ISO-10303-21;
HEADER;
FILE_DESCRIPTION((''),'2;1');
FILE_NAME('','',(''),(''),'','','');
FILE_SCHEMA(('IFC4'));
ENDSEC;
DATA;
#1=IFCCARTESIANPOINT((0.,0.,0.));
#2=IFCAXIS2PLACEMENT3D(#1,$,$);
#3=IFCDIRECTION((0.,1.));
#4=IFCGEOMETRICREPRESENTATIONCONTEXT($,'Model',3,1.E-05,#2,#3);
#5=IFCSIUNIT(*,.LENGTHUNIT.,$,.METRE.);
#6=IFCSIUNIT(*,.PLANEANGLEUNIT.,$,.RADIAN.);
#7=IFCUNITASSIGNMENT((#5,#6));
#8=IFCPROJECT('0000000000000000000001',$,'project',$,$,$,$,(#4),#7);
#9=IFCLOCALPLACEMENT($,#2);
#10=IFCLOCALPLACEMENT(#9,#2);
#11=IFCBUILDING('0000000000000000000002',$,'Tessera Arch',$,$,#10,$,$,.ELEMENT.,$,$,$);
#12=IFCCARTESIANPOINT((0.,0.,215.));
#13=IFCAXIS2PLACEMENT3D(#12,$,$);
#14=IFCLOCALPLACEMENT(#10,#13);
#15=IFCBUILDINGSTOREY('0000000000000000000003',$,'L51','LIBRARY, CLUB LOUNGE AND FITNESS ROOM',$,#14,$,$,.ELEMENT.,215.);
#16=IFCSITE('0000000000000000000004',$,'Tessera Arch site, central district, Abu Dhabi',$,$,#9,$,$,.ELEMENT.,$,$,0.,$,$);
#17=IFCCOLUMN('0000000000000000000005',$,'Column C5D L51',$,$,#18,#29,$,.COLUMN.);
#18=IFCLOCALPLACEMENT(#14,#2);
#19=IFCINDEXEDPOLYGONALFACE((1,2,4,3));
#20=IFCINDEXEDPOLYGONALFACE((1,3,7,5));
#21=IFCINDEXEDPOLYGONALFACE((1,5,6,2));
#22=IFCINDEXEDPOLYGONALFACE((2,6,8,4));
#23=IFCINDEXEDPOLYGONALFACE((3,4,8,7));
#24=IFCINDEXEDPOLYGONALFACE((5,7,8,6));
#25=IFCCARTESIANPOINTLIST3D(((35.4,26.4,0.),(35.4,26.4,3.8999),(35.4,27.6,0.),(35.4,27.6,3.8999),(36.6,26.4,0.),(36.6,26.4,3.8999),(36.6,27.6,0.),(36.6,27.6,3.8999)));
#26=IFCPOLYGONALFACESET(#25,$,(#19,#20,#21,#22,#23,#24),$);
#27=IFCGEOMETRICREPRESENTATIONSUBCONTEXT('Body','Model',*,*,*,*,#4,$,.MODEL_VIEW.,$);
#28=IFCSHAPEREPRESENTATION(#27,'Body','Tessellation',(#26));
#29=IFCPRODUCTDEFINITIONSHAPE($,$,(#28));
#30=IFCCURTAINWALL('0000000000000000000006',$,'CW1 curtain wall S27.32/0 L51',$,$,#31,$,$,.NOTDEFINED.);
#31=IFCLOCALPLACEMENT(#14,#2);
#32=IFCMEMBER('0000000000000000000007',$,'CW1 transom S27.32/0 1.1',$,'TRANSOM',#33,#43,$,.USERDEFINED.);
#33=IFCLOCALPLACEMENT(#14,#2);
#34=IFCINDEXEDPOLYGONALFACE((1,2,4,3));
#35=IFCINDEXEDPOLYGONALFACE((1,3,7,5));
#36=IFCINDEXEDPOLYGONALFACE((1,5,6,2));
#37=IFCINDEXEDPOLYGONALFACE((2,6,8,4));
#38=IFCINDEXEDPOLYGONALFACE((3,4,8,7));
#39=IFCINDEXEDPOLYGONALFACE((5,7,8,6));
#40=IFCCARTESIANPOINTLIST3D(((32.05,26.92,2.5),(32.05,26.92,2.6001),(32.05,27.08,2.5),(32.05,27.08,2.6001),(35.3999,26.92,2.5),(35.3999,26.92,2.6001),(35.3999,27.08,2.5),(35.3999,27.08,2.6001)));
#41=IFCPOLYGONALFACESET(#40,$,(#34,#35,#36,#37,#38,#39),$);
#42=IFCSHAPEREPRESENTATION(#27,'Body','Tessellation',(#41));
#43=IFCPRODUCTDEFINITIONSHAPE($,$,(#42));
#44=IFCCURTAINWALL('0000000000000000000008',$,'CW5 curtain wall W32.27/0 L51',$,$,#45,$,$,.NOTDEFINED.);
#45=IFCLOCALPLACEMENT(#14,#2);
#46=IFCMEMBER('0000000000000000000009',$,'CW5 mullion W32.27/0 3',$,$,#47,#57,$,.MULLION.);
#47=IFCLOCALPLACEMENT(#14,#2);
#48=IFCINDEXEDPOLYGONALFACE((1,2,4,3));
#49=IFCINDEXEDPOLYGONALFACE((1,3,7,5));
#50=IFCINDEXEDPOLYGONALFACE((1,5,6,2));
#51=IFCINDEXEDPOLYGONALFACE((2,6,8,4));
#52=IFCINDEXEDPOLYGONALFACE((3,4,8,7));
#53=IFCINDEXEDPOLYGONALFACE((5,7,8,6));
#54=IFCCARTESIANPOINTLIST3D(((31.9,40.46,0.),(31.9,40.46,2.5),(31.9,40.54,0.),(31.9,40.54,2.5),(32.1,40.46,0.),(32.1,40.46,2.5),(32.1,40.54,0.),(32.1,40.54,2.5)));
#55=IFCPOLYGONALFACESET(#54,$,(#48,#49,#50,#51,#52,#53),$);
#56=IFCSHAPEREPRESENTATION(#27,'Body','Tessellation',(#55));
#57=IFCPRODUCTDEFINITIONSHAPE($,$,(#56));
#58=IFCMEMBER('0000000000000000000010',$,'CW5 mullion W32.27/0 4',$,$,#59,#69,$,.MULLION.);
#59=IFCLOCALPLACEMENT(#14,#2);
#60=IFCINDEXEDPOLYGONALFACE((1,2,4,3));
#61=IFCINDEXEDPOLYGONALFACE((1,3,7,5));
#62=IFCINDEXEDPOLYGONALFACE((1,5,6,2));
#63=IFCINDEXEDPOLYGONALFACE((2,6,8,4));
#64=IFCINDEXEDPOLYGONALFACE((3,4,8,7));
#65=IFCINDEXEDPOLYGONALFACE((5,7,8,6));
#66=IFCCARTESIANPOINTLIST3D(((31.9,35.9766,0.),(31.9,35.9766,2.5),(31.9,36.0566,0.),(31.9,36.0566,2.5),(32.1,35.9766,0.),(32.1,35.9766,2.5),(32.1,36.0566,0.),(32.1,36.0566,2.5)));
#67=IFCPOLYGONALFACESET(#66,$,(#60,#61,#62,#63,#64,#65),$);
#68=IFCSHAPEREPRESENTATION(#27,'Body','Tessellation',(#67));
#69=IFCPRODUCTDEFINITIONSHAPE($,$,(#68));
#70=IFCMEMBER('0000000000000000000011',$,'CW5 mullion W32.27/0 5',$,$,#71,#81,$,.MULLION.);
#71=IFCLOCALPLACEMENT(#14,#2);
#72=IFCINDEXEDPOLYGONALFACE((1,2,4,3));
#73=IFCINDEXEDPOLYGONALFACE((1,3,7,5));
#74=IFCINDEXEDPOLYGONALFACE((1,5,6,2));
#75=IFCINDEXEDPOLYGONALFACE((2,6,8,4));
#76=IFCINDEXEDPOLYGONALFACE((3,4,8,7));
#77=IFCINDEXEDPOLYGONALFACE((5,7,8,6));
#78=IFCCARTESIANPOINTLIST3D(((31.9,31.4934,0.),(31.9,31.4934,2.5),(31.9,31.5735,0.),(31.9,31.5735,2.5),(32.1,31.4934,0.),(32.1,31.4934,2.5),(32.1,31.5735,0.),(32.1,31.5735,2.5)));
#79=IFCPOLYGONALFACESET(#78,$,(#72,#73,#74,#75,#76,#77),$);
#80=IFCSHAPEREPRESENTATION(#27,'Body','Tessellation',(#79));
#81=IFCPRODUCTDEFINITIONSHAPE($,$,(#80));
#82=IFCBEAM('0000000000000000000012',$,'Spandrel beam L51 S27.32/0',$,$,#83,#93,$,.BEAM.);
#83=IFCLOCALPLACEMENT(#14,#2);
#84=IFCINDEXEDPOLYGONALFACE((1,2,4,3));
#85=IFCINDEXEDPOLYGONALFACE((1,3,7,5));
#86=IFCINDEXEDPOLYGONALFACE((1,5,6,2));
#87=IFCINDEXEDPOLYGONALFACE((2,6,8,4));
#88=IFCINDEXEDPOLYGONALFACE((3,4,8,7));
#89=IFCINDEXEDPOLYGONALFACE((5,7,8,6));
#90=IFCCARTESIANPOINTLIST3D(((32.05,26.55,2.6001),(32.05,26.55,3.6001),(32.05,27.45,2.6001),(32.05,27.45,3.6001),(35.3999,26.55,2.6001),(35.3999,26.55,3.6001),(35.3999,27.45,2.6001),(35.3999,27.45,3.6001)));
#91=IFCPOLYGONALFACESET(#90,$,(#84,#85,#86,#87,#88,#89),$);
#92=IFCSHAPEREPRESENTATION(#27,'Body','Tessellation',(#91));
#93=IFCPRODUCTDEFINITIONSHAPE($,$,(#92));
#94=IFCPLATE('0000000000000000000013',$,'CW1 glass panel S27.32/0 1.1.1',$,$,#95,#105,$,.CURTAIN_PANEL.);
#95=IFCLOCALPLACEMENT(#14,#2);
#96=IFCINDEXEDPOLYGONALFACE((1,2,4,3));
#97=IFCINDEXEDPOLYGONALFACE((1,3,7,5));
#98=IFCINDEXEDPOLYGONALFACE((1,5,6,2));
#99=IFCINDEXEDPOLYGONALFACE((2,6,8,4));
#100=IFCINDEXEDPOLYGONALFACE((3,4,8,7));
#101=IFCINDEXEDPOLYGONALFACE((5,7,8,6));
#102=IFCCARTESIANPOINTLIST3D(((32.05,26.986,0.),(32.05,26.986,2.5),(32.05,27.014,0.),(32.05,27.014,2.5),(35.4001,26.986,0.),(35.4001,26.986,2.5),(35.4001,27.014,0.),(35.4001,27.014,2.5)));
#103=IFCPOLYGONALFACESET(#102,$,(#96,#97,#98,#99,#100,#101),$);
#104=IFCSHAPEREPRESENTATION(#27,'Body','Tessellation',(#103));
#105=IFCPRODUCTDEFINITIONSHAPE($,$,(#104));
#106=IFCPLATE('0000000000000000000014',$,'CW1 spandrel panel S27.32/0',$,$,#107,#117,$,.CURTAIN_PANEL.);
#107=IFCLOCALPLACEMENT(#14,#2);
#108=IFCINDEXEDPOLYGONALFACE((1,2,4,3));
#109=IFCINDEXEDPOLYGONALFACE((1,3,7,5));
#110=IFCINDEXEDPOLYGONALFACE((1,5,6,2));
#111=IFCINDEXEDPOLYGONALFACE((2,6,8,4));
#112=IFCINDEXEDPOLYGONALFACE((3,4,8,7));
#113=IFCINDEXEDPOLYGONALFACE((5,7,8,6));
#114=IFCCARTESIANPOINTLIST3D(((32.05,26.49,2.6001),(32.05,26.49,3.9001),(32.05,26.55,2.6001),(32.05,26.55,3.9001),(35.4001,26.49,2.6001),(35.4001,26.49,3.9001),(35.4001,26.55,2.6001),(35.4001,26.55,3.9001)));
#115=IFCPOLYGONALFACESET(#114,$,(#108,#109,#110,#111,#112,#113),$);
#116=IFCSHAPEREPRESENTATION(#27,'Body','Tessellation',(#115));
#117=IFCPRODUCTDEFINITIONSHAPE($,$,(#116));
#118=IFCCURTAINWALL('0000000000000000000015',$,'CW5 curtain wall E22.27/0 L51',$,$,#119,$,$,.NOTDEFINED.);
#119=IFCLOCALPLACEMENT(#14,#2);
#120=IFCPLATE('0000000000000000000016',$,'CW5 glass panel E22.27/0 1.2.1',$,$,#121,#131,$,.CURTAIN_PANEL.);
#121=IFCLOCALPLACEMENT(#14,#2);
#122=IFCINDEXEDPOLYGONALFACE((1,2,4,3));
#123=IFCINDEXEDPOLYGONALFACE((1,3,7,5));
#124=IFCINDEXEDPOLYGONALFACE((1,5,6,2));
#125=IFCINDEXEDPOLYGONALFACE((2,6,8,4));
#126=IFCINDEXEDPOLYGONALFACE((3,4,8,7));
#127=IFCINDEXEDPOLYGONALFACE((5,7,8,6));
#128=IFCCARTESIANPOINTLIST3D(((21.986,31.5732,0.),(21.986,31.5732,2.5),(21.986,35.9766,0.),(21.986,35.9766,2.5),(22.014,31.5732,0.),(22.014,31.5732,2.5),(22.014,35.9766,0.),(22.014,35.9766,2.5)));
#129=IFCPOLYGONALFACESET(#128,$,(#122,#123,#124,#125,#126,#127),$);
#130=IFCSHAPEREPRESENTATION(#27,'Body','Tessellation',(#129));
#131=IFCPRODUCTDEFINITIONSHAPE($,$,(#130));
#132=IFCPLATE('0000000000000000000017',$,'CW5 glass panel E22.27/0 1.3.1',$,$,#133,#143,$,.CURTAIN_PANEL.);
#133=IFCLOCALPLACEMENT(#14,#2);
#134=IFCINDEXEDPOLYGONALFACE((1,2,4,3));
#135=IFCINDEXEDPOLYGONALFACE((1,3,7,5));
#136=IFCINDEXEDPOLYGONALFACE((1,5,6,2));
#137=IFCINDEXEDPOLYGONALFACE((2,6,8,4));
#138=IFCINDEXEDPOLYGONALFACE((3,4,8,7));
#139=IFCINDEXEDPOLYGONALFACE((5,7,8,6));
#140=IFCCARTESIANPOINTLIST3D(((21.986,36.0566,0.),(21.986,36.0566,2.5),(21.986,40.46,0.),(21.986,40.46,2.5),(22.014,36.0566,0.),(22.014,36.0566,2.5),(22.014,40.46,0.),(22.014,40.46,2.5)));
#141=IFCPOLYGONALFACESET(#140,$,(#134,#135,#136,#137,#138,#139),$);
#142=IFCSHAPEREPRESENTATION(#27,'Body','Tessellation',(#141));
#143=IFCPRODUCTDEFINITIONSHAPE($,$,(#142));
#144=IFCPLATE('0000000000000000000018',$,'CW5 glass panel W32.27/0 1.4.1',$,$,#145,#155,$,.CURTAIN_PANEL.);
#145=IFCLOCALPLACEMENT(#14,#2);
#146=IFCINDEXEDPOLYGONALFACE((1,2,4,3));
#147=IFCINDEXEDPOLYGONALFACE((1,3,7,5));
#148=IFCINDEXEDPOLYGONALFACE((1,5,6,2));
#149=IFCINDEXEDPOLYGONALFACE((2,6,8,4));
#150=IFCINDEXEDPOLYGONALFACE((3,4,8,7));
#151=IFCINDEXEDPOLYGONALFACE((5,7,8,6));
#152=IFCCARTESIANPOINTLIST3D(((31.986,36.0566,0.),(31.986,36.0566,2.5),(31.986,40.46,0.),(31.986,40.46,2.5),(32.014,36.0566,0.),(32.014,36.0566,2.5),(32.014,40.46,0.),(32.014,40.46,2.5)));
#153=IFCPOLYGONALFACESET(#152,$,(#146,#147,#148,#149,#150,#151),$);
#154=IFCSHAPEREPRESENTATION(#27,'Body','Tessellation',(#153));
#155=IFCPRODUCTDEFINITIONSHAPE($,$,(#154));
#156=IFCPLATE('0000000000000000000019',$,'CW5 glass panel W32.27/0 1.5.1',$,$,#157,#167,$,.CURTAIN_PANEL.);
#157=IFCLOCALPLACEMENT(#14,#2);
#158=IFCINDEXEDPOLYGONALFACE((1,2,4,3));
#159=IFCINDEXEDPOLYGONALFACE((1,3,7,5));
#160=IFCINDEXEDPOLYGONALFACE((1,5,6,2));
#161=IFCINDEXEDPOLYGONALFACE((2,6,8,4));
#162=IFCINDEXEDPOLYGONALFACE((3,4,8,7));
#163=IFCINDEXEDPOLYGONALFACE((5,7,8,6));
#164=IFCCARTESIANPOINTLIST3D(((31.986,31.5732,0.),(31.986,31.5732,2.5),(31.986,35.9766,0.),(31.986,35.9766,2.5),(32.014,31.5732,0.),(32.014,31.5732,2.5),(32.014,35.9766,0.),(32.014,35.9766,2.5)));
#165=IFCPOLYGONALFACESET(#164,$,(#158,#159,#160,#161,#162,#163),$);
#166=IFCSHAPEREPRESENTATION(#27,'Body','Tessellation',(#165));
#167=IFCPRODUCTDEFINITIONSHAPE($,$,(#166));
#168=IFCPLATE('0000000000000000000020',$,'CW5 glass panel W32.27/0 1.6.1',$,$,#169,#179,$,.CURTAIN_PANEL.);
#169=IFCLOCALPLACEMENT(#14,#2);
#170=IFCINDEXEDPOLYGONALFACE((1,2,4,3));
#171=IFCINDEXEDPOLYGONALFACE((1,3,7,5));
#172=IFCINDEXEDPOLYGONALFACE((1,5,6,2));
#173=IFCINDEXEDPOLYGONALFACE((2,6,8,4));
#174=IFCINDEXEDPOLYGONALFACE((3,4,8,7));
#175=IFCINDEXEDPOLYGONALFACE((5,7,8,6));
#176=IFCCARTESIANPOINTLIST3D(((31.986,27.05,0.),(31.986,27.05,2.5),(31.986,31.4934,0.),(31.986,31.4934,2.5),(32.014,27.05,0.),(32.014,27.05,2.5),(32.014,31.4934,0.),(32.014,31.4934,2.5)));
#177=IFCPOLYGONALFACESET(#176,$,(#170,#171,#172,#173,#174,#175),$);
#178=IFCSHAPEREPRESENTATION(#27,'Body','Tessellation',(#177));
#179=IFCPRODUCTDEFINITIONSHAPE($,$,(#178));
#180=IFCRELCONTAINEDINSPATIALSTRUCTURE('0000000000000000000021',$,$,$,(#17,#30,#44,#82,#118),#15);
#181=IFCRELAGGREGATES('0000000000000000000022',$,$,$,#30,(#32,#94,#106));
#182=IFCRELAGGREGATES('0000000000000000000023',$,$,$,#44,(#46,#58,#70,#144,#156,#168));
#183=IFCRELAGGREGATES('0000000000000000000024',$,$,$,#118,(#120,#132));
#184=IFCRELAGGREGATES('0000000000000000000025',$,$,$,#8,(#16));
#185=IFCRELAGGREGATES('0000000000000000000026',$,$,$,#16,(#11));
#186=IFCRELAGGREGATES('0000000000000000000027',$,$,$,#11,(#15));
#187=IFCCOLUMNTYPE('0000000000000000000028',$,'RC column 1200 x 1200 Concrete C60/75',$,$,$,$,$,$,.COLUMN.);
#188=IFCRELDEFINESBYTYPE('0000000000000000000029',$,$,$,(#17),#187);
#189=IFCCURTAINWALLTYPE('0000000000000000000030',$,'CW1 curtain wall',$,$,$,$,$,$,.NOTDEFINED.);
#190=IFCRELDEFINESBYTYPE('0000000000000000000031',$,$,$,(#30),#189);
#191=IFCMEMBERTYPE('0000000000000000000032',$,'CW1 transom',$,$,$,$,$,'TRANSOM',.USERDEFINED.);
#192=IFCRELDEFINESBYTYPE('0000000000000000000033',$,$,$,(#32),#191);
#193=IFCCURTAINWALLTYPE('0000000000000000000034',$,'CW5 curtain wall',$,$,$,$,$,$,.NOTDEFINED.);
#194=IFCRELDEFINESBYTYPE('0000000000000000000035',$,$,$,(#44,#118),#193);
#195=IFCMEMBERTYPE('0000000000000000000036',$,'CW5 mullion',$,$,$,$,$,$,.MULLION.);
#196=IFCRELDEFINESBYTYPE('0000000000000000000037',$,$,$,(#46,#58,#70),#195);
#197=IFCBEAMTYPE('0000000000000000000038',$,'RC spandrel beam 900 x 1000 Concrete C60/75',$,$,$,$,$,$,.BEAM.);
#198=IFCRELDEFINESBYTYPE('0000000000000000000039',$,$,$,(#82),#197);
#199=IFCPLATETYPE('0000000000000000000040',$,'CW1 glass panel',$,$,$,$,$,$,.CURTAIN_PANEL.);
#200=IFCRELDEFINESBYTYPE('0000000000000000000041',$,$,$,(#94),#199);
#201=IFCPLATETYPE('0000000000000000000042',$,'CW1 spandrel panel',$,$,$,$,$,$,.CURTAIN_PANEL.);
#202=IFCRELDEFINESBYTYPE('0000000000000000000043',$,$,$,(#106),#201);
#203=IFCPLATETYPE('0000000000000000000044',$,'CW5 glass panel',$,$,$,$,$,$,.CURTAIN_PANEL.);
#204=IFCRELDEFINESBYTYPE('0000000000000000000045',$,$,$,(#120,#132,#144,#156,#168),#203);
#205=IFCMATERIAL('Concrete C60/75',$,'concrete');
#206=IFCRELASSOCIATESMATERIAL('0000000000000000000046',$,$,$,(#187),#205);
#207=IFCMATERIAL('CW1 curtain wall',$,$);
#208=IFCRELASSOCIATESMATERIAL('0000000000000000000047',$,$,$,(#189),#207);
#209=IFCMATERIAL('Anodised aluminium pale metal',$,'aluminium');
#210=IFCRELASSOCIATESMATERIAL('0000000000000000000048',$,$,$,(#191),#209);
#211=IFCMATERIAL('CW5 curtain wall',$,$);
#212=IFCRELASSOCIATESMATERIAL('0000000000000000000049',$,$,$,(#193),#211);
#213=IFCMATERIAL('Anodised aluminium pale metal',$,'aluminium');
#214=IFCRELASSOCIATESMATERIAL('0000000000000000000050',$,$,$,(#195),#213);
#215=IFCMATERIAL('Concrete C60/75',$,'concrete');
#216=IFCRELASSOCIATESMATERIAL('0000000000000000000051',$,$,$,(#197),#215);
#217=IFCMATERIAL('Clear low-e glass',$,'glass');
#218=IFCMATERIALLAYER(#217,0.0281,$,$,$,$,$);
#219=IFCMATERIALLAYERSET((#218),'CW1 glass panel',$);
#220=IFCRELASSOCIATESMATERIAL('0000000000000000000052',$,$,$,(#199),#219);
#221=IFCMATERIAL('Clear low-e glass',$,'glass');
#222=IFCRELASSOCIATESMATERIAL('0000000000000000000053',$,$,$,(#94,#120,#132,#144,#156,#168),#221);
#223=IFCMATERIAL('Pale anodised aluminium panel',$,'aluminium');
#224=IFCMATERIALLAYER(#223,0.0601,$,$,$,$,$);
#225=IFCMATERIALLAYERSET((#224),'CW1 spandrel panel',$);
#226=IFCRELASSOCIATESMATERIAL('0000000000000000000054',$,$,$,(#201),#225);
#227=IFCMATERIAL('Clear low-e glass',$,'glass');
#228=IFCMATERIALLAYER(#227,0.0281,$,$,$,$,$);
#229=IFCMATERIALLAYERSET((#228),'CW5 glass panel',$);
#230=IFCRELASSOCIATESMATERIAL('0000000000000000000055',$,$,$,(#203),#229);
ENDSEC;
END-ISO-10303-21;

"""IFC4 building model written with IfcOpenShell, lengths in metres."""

from ifc_helpers import new_model, si_unit, direction, frame, origin, origin_2d, place, context, subcontext, project, spatial, rectangle, extrude, material, layer, layer_set, material_profile, profile_set, type_object, element, aggregate, save


model = new_model("IFC4")

# Units and contexts
model_context = context("Model", 3, precision=1e-05, world=origin(), true_north=direction((0.0, 1.0)))
body_context = subcontext(model_context, "Body", "Model", "MODEL_VIEW")
ifc_project = project(units=[si_unit("LENGTHUNIT", "METRE"), si_unit("PLANEANGLEUNIT", "RADIAN")], contexts=[model_context])

# Site, building, storey
site_placement = place(None, origin())
site = spatial("IfcSite", under=ifc_project, at=site_placement, Name="Tessera Arch site, central district, Abu Dhabi", CompositionType="ELEMENT", RefElevation=0.0)
building_placement = place(site_placement, origin())
building = spatial("IfcBuilding", under=site, at=building_placement, Name="Tessera Arch", CompositionType="ELEMENT")
storey_placement = place(building_placement, frame((0.0, 0.0, 215.0)))
storey = spatial("IfcBuildingStorey", under=building, at=storey_placement, Name="L51", Description="LIBRARY, CLUB LOUNGE AND FITNESS ROOM", CompositionType="ELEMENT", Elevation=215.0)

# Column
ifc_material_1 = material(Name="Concrete C60/75", Category="concrete")
ifc_material_profile_1 = material_profile(ifc_material_1, rectangle(XDim=1.2, YDim=1.2, at=origin_2d()), Name="RC column 1200 x 1200 Concrete C60/75")
ifc_profile_set_1 = profile_set([ifc_material_profile_1], Name="Concrete C60/75")
column_type = type_object("IfcColumnType", Name="RC column 1200 x 1200 Concrete C60/75", PredefinedType="COLUMN", material=ifc_profile_set_1)
column_placement = place(storey_placement, frame((36.0, 27.0, 0.0), z_axis=(0.0, 0.0, 1.0), x_axis=(1.0, 0.0, 0.0)))
element("IfcColumn", 1, at=column_placement, inside=storey, type_object=column_type, Name="Column C5D L51", PredefinedType="COLUMN", context=body_context, shape_type="SweptSolid", body=[
    extrude(rectangle(XDim=1.2, YDim=1.2, at=origin_2d()), origin(), (0.0, 0.0, 1.0), 3.8999),
])

# Curtain wall, member
ifc_material_2 = material(Name="CW1 curtain wall")
curtain_wall_type_1 = type_object("IfcCurtainWallType", Name="CW1 curtain wall", PredefinedType="NOTDEFINED", material=ifc_material_2)
curtain_wall_1_placement = place(storey_placement, origin())
curtain_wall_1 = element("IfcCurtainWall", 2, at=curtain_wall_1_placement, inside=storey, type_object=curtain_wall_type_1, Name="CW1 curtain wall S27.32/0 L51", PredefinedType="NOTDEFINED")
ifc_material_3 = material(Name="Anodised aluminium pale metal", Category="aluminium")
ifc_material_profile_2 = material_profile(ifc_material_3, rectangle(XDim=0.1599, YDim=0.1001, at=origin_2d()), Name="AL 160x100")
ifc_profile_set_2 = profile_set([ifc_material_profile_2], Name="Anodised aluminium pale metal")
member_type_1 = type_object("IfcMemberType", Name="CW1 transom", ElementType="TRANSOM", PredefinedType="USERDEFINED", material=ifc_profile_set_2)
member_1_placement = place(storey_placement, frame((32.05, 27.0, 2.55), z_axis=(1.0, 0.0, 0.0), x_axis=(0.0, 1.0, 0.0)))
member_1 = element("IfcMember", 3, at=member_1_placement, type_object=member_type_1, Name="CW1 transom S27.32/0 1.1", ObjectType="TRANSOM", PredefinedType="USERDEFINED", context=body_context, shape_type="SweptSolid", body=[
    extrude(rectangle(XDim=0.1599, YDim=0.1001, at=origin_2d()), origin(), (0.0, 0.0, 1.0), 3.3499),
])

# Curtain wall, members
ifc_material_4 = material(Name="CW5 curtain wall")
curtain_wall_type_2 = type_object("IfcCurtainWallType", Name="CW5 curtain wall", PredefinedType="NOTDEFINED", material=ifc_material_4)
curtain_wall_2_placement = place(storey_placement, origin())
curtain_wall_2 = element("IfcCurtainWall", 4, at=curtain_wall_2_placement, inside=storey, type_object=curtain_wall_type_2, Name="CW5 curtain wall W32.27/0 L51", PredefinedType="NOTDEFINED")
ifc_material_5 = material(Name="Anodised aluminium pale metal", Category="aluminium")
ifc_material_profile_3 = material_profile(ifc_material_5, rectangle(XDim=0.2, YDim=0.0801, at=origin_2d()), Name="AL 80x200")
ifc_profile_set_3 = profile_set([ifc_material_profile_3], Name="Anodised aluminium pale metal")
member_type_2 = type_object("IfcMemberType", Name="CW5 mullion", PredefinedType="MULLION", material=ifc_profile_set_3)
member_2_placement = place(storey_placement, frame((32.0, 40.5, 0.0), z_axis=(0.0, 0.0, 1.0), x_axis=(1.0, 0.0, 0.0)))
member_2 = element("IfcMember", 5, at=member_2_placement, type_object=member_type_2, Name="CW5 mullion W32.27/0 3", PredefinedType="MULLION", context=body_context, shape_type="SweptSolid", body=[
    extrude(rectangle(XDim=0.2, YDim=0.0801, at=origin_2d()), origin(), (0.0, 0.0, 1.0), 2.5),
])
member_3_placement = place(storey_placement, frame((32.0, 36.0166, 0.0), z_axis=(0.0, 0.0, 1.0), x_axis=(1.0, 0.0, 0.0)))
member_3 = element("IfcMember", 6, at=member_3_placement, type_object=member_type_2, Name="CW5 mullion W32.27/0 4", PredefinedType="MULLION", context=body_context, shape_type="SweptSolid", body=[
    extrude(rectangle(XDim=0.2, YDim=0.0801, at=origin_2d()), origin(), (0.0, 0.0, 1.0), 2.5),
])
member_4_placement = place(storey_placement, frame((32.0, 31.5334, 0.0), z_axis=(0.0, 0.0, 1.0), x_axis=(1.0, 0.0, 0.0)))
member_4 = element("IfcMember", 7, at=member_4_placement, type_object=member_type_2, Name="CW5 mullion W32.27/0 5", PredefinedType="MULLION", context=body_context, shape_type="SweptSolid", body=[
    extrude(rectangle(XDim=0.2, YDim=0.0801, at=origin_2d()), origin(), (0.0, 0.0, 1.0), 2.5),
])

# Beam
ifc_material_6 = material(Name="Concrete C60/75", Category="concrete")
ifc_material_profile_4 = material_profile(ifc_material_6, rectangle(XDim=0.8999, YDim=1.0, at=origin_2d()), Name="RC spandrel beam 900 x 1000 Concrete C60/75")
ifc_profile_set_4 = profile_set([ifc_material_profile_4], Name="Concrete C60/75")
beam_type = type_object("IfcBeamType", Name="RC spandrel beam 900 x 1000 Concrete C60/75", PredefinedType="BEAM", material=ifc_profile_set_4)
beam_placement = place(storey_placement, frame((32.05, 27.0, 3.1001), z_axis=(1.0, 0.0, 0.0), x_axis=(0.0, 1.0, 0.0)))
element("IfcBeam", 8, at=beam_placement, inside=storey, type_object=beam_type, Name="Spandrel beam L51 S27.32/0", PredefinedType="BEAM", context=body_context, shape_type="SweptSolid", body=[
    extrude(rectangle(XDim=0.8999, YDim=1.0, at=origin_2d()), origin(), (0.0, 0.0, 1.0), 3.3499),
])

# Plates
ifc_material_7 = material(Name="Clear low-e glass", Category="glass")
ifc_material_8 = material(Name="Clear low-e glass", Category="glass")
ifc_layer_1 = layer(ifc_material_8, 0.0281)
ifc_layer_set_1 = layer_set([ifc_layer_1], Name="CW1 glass panel")
plate_type_1 = type_object("IfcPlateType", Name="CW1 glass panel", PredefinedType="CURTAIN_PANEL", material=ifc_layer_set_1)
plate_1_placement = place(storey_placement, frame((33.7251, 27.0, 0.0), z_axis=(0.0, 0.0, 1.0), x_axis=(1.0, 0.0, 0.0)))
plate_1 = element("IfcPlate", 9, at=plate_1_placement, type_object=plate_type_1, material=ifc_material_7, Name="CW1 glass panel S27.32/0 1.1.1", PredefinedType="CURTAIN_PANEL", context=body_context, shape_type="SweptSolid", body=[
    extrude(rectangle(XDim=3.3501, YDim=0.0281, at=origin_2d()), origin(), (0.0, 0.0, 1.0), 2.5),
])
ifc_material_9 = material(Name="Pale anodised aluminium panel", Category="aluminium")
ifc_layer_2 = layer(ifc_material_9, 0.0601)
ifc_layer_set_2 = layer_set([ifc_layer_2], Name="CW1 spandrel panel")
plate_type_2 = type_object("IfcPlateType", Name="CW1 spandrel panel", PredefinedType="CURTAIN_PANEL", material=ifc_layer_set_2)
plate_2_placement = place(storey_placement, frame((33.7251, 26.52, 2.6001), z_axis=(0.0, 0.0, 1.0), x_axis=(1.0, 0.0, 0.0)))
plate_2 = element("IfcPlate", 10, at=plate_2_placement, type_object=plate_type_2, Name="CW1 spandrel panel S27.32/0", PredefinedType="CURTAIN_PANEL", context=body_context, shape_type="SweptSolid", body=[
    extrude(rectangle(XDim=3.3501, YDim=0.0601, at=origin_2d()), origin(), (0.0, 0.0, 1.0), 1.3),
])
aggregate(curtain_wall_1, [member_1, plate_1, plate_2])

# Curtain wall, plates
curtain_wall_3_placement = place(storey_placement, origin())
curtain_wall_3 = element("IfcCurtainWall", 11, at=curtain_wall_3_placement, inside=storey, type_object=curtain_wall_type_2, Name="CW5 curtain wall E22.27/0 L51", PredefinedType="NOTDEFINED")
ifc_material_10 = material(Name="Clear low-e glass", Category="glass")
ifc_layer_3 = layer(ifc_material_10, 0.0281)
ifc_layer_set_3 = layer_set([ifc_layer_3], Name="CW5 glass panel")
plate_type_3 = type_object("IfcPlateType", Name="CW5 glass panel", PredefinedType="CURTAIN_PANEL", material=ifc_layer_set_3)
plate_3_placement = place(storey_placement, frame((22.0, 33.7749, 0.0), z_axis=(0.0, 0.0, 1.0), x_axis=(0.0, 1.0, 0.0)))
plate_3 = element("IfcPlate", 12, at=plate_3_placement, type_object=plate_type_3, material=ifc_material_7, Name="CW5 glass panel E22.27/0 1.2.1", PredefinedType="CURTAIN_PANEL", context=body_context, shape_type="SweptSolid", body=[
    extrude(rectangle(XDim=4.4033, YDim=0.0281, at=origin_2d()), origin(), (0.0, 0.0, 1.0), 2.5),
])
plate_4_placement = place(storey_placement, frame((22.0, 38.2583, 0.0), z_axis=(0.0, 0.0, 1.0), x_axis=(0.0, 1.0, 0.0)))
plate_4 = element("IfcPlate", 13, at=plate_4_placement, type_object=plate_type_3, material=ifc_material_7, Name="CW5 glass panel E22.27/0 1.3.1", PredefinedType="CURTAIN_PANEL", context=body_context, shape_type="SweptSolid", body=[
    extrude(rectangle(XDim=4.4033, YDim=0.0281, at=origin_2d()), origin(), (0.0, 0.0, 1.0), 2.5),
])

# Plates
plate_5_placement = place(storey_placement, frame((32.0, 38.2583, 0.0), z_axis=(0.0, 0.0, 1.0), x_axis=(0.0, -1.0, 0.0)))
plate_5 = element("IfcPlate", 14, at=plate_5_placement, type_object=plate_type_3, material=ifc_material_7, Name="CW5 glass panel W32.27/0 1.4.1", PredefinedType="CURTAIN_PANEL", context=body_context, shape_type="SweptSolid", body=[
    extrude(rectangle(XDim=4.4033, YDim=0.0281, at=origin_2d()), origin(), (0.0, 0.0, 1.0), 2.5),
])
plate_6_placement = place(storey_placement, frame((32.0, 33.7749, 0.0), z_axis=(0.0, 0.0, 1.0), x_axis=(0.0, -1.0, 0.0)))
plate_6 = element("IfcPlate", 15, at=plate_6_placement, type_object=plate_type_3, material=ifc_material_7, Name="CW5 glass panel W32.27/0 1.5.1", PredefinedType="CURTAIN_PANEL", context=body_context, shape_type="SweptSolid", body=[
    extrude(rectangle(XDim=4.4033, YDim=0.0281, at=origin_2d()), origin(), (0.0, 0.0, 1.0), 2.5),
])
plate_7_placement = place(storey_placement, frame((32.0, 29.2717, 0.0), z_axis=(0.0, 0.0, 1.0), x_axis=(0.0, -1.0, 0.0)))
plate_7 = element("IfcPlate", 16, at=plate_7_placement, type_object=plate_type_3, material=ifc_material_7, Name="CW5 glass panel W32.27/0 1.6.1", PredefinedType="CURTAIN_PANEL", context=body_context, shape_type="SweptSolid", body=[
    extrude(rectangle(XDim=4.4434, YDim=0.0281, at=origin_2d()), origin(), (0.0, 0.0, 1.0), 2.5),
])
aggregate(curtain_wall_2, [member_2, member_3, member_4, plate_5, plate_6, plate_7])
aggregate(curtain_wall_3, [plate_3, plate_4])

save(model, "model.ifc")
